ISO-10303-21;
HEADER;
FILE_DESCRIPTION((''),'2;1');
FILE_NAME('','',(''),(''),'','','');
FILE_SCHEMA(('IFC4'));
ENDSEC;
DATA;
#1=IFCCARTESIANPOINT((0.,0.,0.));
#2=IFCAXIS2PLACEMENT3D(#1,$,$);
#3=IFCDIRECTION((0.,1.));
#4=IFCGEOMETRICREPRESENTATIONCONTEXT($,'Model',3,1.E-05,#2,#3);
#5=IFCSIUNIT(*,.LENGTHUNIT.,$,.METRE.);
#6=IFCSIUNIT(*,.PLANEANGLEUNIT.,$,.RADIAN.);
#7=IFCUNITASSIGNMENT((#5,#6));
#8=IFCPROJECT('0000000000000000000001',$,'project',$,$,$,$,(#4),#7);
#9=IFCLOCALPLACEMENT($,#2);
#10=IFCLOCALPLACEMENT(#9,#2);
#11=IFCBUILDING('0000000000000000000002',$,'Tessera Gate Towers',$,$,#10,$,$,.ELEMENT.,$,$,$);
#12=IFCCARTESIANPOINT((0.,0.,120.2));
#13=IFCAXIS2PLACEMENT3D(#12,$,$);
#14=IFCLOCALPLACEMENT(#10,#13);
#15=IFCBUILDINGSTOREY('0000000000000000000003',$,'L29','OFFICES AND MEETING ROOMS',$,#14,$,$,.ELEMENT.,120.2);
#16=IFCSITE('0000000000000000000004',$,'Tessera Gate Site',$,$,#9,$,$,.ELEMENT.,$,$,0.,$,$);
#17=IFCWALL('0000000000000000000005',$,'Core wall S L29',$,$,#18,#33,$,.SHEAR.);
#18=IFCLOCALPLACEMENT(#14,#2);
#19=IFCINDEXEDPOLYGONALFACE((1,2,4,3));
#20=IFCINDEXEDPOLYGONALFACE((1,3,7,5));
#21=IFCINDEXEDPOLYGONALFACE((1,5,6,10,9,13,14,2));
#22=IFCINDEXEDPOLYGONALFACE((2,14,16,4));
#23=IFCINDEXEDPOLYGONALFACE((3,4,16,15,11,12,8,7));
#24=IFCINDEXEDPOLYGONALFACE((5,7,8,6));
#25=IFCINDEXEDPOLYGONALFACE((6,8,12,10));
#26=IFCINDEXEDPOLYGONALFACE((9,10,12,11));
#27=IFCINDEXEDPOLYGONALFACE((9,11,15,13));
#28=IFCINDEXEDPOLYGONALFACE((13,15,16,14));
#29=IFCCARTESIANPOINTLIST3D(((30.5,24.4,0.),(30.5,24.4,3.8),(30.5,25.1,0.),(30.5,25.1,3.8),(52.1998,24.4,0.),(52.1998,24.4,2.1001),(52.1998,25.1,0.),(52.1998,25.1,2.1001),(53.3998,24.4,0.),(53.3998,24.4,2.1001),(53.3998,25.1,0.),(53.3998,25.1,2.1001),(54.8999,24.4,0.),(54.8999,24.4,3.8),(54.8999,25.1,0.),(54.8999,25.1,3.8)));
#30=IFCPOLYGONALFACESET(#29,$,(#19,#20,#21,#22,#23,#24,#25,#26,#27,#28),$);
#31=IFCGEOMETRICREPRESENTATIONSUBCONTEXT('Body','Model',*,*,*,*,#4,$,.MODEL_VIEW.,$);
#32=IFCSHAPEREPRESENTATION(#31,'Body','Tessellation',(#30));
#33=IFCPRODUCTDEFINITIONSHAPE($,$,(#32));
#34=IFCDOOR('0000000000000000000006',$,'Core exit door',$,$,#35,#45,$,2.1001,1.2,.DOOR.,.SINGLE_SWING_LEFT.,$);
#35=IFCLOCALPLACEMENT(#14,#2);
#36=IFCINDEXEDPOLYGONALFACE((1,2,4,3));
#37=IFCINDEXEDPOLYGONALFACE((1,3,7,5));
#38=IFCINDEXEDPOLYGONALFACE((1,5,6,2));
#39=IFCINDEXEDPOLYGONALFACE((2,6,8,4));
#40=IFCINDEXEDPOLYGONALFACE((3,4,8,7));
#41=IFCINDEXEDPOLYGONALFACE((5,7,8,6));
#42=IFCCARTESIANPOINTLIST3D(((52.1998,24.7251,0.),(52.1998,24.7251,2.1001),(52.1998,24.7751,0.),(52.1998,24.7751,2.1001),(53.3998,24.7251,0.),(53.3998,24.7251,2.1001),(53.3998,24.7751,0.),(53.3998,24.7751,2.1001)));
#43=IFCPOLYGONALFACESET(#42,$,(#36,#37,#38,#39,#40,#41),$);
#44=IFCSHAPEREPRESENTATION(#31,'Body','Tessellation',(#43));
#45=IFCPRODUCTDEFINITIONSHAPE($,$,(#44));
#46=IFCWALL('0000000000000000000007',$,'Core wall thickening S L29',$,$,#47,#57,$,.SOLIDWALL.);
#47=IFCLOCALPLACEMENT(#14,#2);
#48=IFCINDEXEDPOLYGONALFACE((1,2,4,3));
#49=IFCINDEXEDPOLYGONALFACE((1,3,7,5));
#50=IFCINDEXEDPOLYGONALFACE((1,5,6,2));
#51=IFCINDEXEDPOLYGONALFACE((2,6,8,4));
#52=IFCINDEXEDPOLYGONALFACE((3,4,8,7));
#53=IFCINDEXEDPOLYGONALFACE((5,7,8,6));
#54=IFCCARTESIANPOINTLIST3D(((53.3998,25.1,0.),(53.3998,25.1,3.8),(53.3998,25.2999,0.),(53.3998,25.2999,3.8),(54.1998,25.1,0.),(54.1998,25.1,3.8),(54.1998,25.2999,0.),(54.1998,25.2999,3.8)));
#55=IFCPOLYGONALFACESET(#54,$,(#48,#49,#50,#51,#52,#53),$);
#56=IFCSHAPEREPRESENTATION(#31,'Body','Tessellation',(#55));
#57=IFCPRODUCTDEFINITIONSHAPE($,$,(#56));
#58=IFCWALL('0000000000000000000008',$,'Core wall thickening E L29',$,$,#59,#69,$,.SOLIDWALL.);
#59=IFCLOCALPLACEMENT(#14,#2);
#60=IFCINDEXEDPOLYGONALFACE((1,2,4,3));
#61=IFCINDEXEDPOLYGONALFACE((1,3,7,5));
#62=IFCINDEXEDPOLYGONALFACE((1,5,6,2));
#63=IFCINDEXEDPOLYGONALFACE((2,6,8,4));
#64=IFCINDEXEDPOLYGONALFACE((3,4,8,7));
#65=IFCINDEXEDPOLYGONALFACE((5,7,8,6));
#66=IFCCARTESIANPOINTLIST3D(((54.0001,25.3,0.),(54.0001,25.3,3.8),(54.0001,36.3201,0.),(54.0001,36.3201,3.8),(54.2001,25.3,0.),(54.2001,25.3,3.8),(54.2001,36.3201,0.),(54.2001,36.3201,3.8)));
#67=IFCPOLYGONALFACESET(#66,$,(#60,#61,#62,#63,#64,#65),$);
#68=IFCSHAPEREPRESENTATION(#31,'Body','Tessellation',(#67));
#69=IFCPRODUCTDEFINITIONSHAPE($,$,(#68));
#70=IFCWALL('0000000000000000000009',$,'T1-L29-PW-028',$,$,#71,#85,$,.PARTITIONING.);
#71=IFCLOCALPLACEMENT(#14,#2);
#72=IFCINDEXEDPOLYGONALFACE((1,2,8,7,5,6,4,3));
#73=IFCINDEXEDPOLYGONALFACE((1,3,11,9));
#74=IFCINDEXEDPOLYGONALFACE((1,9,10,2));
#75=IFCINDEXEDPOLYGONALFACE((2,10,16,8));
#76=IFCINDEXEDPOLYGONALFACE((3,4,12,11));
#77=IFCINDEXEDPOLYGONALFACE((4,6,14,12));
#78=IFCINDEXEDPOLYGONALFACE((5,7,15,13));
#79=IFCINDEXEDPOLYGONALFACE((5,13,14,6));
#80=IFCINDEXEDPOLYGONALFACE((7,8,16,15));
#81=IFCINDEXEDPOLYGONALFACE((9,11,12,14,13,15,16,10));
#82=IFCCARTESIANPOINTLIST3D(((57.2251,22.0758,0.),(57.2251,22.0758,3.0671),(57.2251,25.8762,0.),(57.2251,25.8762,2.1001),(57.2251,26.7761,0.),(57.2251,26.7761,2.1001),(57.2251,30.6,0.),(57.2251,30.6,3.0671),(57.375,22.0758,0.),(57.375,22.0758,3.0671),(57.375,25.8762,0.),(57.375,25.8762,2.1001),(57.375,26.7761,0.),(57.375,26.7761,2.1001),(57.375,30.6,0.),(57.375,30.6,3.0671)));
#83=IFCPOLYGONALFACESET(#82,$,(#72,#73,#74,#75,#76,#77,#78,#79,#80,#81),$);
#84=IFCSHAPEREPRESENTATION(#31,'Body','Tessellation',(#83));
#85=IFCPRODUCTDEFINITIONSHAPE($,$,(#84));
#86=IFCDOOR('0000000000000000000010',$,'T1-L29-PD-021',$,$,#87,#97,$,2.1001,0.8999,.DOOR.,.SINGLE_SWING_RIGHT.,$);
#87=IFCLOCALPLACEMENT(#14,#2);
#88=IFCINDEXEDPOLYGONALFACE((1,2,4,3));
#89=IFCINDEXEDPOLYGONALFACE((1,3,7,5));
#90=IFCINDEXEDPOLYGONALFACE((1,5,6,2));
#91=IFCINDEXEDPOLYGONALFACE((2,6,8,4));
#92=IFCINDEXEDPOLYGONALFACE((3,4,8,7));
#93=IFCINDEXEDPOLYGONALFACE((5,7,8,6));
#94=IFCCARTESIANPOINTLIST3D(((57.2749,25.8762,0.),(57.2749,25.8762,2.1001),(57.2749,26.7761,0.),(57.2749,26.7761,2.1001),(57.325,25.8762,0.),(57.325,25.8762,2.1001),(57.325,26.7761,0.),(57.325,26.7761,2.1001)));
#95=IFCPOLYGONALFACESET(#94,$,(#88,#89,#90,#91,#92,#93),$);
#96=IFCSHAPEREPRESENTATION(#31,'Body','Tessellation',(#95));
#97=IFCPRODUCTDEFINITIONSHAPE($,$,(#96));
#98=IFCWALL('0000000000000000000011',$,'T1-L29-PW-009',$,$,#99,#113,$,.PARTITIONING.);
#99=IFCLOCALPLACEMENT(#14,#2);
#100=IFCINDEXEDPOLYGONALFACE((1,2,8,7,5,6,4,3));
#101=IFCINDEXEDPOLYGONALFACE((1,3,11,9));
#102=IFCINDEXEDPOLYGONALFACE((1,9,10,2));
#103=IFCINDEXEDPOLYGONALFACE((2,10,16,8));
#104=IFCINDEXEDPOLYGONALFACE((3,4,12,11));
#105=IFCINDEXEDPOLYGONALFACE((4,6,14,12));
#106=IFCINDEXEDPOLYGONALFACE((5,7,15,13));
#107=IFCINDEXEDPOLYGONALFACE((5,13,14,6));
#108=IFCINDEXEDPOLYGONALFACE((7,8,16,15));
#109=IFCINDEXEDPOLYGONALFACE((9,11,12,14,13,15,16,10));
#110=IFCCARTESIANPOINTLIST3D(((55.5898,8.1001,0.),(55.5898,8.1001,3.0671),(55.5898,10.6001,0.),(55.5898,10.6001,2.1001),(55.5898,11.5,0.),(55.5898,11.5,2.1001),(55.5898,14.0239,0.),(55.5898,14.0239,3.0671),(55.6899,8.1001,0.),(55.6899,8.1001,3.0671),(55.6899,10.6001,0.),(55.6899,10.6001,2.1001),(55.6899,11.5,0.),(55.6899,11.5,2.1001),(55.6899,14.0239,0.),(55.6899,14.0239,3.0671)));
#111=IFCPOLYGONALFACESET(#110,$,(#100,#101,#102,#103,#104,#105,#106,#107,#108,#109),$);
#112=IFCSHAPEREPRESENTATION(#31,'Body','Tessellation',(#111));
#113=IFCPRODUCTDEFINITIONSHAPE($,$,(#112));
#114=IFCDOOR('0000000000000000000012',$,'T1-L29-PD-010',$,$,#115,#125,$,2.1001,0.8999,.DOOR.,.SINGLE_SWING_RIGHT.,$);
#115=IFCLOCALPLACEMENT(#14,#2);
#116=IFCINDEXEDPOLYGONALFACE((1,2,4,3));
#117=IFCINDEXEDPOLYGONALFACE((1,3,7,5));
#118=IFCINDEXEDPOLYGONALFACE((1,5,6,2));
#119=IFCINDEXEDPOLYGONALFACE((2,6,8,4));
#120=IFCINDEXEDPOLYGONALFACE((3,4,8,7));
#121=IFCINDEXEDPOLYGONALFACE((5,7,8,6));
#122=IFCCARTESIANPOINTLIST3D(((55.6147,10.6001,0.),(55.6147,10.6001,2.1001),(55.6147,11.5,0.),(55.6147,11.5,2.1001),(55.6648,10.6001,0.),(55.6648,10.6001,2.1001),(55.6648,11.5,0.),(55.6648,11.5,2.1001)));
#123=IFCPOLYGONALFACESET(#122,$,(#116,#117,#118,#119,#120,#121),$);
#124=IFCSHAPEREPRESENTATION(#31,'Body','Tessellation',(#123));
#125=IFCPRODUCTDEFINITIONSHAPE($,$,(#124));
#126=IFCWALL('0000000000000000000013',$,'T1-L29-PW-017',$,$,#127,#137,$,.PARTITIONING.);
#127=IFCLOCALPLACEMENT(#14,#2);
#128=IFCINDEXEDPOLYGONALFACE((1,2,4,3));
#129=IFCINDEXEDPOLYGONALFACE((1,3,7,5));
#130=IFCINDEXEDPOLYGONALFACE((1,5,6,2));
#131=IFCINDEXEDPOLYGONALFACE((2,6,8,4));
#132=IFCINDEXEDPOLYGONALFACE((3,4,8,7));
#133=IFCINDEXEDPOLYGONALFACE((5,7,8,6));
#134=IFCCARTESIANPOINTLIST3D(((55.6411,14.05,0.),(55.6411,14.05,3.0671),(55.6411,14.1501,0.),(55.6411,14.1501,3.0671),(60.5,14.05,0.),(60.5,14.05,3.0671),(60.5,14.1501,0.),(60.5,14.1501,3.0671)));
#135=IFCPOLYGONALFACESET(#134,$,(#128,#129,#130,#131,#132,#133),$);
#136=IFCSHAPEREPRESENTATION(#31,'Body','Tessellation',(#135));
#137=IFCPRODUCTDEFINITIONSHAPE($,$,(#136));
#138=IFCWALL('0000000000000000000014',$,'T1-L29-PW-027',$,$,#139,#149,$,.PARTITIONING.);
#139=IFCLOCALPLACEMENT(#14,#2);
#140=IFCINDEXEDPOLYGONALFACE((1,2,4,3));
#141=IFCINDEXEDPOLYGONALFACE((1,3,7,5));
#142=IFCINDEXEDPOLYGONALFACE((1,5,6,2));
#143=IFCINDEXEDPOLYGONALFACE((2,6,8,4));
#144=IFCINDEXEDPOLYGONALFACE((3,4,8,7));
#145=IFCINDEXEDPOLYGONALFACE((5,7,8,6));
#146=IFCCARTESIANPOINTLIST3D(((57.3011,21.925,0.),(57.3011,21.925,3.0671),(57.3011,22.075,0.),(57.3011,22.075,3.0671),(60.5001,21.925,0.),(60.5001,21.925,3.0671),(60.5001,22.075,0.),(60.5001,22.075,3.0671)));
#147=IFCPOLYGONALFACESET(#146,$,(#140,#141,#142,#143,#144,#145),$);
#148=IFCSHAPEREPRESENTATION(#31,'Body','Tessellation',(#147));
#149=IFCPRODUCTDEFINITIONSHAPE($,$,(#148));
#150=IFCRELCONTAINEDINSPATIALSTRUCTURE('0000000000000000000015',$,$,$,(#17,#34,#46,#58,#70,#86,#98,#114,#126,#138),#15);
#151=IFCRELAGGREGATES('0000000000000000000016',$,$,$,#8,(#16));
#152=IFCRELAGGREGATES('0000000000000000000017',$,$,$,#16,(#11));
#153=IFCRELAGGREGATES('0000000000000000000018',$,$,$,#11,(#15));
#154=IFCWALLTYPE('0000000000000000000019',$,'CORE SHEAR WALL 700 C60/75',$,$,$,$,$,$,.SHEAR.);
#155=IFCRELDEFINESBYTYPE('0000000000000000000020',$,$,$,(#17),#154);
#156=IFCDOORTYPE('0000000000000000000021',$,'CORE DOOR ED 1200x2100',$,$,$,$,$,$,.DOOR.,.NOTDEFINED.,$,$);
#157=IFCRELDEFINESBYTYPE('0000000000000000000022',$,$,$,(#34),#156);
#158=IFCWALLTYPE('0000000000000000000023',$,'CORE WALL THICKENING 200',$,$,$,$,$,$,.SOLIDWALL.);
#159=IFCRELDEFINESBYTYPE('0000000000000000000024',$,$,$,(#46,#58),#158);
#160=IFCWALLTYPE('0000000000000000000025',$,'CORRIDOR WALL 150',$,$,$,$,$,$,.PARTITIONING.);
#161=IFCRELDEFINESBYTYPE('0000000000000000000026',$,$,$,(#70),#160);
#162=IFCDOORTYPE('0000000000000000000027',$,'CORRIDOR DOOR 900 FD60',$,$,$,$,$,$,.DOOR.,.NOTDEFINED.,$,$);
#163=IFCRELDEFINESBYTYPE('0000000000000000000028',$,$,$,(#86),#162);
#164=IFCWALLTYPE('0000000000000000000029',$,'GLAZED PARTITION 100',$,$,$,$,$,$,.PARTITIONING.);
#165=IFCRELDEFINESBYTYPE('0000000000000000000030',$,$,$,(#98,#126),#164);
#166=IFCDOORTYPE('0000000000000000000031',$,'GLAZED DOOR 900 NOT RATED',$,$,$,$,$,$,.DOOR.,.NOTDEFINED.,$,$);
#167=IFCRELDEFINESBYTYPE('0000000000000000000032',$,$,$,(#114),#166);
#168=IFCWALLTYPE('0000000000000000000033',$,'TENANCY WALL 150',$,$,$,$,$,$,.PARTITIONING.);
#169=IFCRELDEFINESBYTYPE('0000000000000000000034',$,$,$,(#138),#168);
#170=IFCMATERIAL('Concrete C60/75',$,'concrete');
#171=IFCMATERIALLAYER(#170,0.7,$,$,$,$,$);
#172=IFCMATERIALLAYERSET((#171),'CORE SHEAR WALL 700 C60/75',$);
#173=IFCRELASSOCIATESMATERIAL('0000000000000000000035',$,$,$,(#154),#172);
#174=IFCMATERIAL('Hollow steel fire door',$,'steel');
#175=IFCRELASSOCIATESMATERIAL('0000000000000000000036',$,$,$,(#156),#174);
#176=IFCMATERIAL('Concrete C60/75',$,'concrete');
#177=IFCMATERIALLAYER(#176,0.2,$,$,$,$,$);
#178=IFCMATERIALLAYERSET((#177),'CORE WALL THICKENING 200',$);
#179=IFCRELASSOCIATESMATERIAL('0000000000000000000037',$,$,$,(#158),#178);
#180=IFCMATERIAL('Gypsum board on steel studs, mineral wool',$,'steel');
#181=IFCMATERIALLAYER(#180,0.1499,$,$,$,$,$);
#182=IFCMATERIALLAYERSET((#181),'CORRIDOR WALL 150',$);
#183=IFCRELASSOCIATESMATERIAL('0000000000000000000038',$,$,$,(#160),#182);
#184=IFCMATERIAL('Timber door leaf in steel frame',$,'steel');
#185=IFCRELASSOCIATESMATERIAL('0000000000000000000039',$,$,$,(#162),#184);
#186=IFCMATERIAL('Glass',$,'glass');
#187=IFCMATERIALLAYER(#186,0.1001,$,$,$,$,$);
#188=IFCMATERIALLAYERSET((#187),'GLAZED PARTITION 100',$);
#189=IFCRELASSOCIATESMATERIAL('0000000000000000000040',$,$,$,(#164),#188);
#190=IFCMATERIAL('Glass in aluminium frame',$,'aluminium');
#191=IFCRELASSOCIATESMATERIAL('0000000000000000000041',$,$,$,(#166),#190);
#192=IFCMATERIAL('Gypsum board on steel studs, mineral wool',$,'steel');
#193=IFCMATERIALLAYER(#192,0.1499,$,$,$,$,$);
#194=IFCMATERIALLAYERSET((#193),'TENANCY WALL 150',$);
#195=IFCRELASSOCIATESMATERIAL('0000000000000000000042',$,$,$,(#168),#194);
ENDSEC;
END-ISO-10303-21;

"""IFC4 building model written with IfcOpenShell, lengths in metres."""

from ifc_helpers import new_model, si_unit, direction, frame, frame_2d, origin, place, context, subcontext, project, spatial, rectangle, extrude, source, transform, mapped, material, layer, layer_set, type_object, element, fill, save


model = new_model("IFC4")

# Units and contexts
model_context = context("Model", 3, precision=1e-05, world=origin(), true_north=direction((0.0, 1.0)))
body_context = subcontext(model_context, "Body", "Model", "MODEL_VIEW")
ifc_project = project(units=[si_unit("LENGTHUNIT", "METRE"), si_unit("PLANEANGLEUNIT", "RADIAN")], contexts=[model_context])

# Site, building, storey
site_placement = place(None, origin())
site = spatial("IfcSite", under=ifc_project, at=site_placement, Name="Tessera Gate Site", CompositionType="ELEMENT", RefElevation=0.0)
building_placement = place(site_placement, origin())
building = spatial("IfcBuilding", under=site, at=building_placement, Name="Tessera Gate Towers", CompositionType="ELEMENT")
storey_placement = place(building_placement, frame((0.0, 0.0, 120.2)))
storey = spatial("IfcBuildingStorey", under=building, at=storey_placement, Name="L29", Description="OFFICES AND MEETING ROOMS", CompositionType="ELEMENT", Elevation=120.2)

# Wall, opening, door
shared_shape_1 = source(origin(), body_context, "Body", "SweptSolid", [
    extrude(rectangle(XDim=1.2, YDim=2.1001, at=frame_2d((0.6001, 1.05))), frame((0.0, 0.0249, 0.0), z_axis=(0.0, -1.0, 0.0), x_axis=(1.0, 0.0, 0.0)), (0.0, 0.0, 1.0), 0.05),
])
ifc_material_1 = material(Name="Concrete C60/75", Category="concrete")
ifc_layer_1 = layer(ifc_material_1, 0.7)
ifc_layer_set_1 = layer_set([ifc_layer_1], Name="CORE SHEAR WALL 700 C60/75")
wall_type_1 = type_object("IfcWallType", Name="CORE SHEAR WALL 700 C60/75", PredefinedType="SHEAR", material=ifc_layer_set_1)
wall_1_placement = place(storey_placement, frame((54.8999, 24.75, 0.0), z_axis=(0.0, 0.0, 1.0), x_axis=(-1.0, 0.0, 0.0)))
wall_1 = element("IfcWall", 1, at=wall_1_placement, inside=storey, type_object=wall_type_1, Name="Core wall S L29", PredefinedType="SHEAR", context=body_context, shape_type="SweptSolid", body=[
    extrude(rectangle(XDim=24.3999, YDim=0.7, at=frame_2d((12.2, 0.0))), origin(), (0.0, 0.0, 1.0), 3.8),
])
shared_shape_2 = source(origin(), body_context, "Body", "SweptSolid", [
    extrude(rectangle(XDim=1.2, YDim=2.1001, at=frame_2d((0.6001, 1.05))), frame((0.0, 0.3599, 0.0), z_axis=(0.0, -1.0, 0.0), x_axis=(1.0, 0.0, 0.0)), (0.0, 0.0, 1.0), 0.72),
])
opening_1_placement = place(wall_1_placement, frame((1.5, 0.0, 0.0)))
opening_1 = element("IfcOpeningElement", 2, at=opening_1_placement, cuts=wall_1, PredefinedType="OPENING", context=body_context, shape_type="MappedRepresentation", body=[
    mapped(shared_shape_2, transform((0.0, 0.0, 0.0), scale=1.0)),
])
ifc_material_2 = material(Name="Hollow steel fire door", Category="steel")
door_type_1 = type_object("IfcDoorType", Name="CORE DOOR ED 1200x2100", OperationType="NOTDEFINED", PredefinedType="DOOR", material=ifc_material_2)
door_1_placement = place(opening_1_placement, origin())
door_1 = element("IfcDoor", 3, at=door_1_placement, inside=storey, type_object=door_type_1, Name="Core exit door", OperationType="SINGLE_SWING_LEFT", OverallHeight=2.1001, OverallWidth=1.2, PredefinedType="DOOR", context=body_context, shape_type="MappedRepresentation", body=[
    mapped(shared_shape_1, transform((0.0, 0.0, 0.0), scale=1.0)),
])
fill(opening_1, door_1)

# Walls
ifc_material_3 = material(Name="Concrete C60/75", Category="concrete")
ifc_layer_2 = layer(ifc_material_3, 0.2)
ifc_layer_set_2 = layer_set([ifc_layer_2], Name="CORE WALL THICKENING 200")
wall_type_2 = type_object("IfcWallType", Name="CORE WALL THICKENING 200", PredefinedType="SOLIDWALL", material=ifc_layer_set_2)
wall_2_placement = place(storey_placement, frame((53.3999, 25.2, 0.0), z_axis=(0.0, 0.0, 1.0), x_axis=(1.0, 0.0, 0.0)))
element("IfcWall", 4, at=wall_2_placement, inside=storey, type_object=wall_type_2, Name="Core wall thickening S L29", PredefinedType="SOLIDWALL", context=body_context, shape_type="SweptSolid", body=[
    extrude(rectangle(XDim=0.8, YDim=0.2, at=frame_2d((0.3999, 0.0))), origin(), (0.0, 0.0, 1.0), 3.8),
])
wall_3_placement = place(storey_placement, frame((54.1001, 25.3, 0.0), z_axis=(0.0, 0.0, 1.0), x_axis=(0.0, 1.0, 0.0)))
element("IfcWall", 5, at=wall_3_placement, inside=storey, type_object=wall_type_2, Name="Core wall thickening E L29", PredefinedType="SOLIDWALL", context=body_context, shape_type="SweptSolid", body=[
    extrude(rectangle(XDim=11.02, YDim=0.2, at=frame_2d((5.51, 0.0))), origin(), (0.0, 0.0, 1.0), 3.8),
])

# Walls, openings, doors
ifc_material_4 = material(Name="Gypsum board on steel studs, mineral wool", Category="steel")
ifc_layer_3 = layer(ifc_material_4, 0.1499)
ifc_layer_set_3 = layer_set([ifc_layer_3], Name="CORRIDOR WALL 150")
wall_type_3 = type_object("IfcWallType", Name="CORRIDOR WALL 150", PredefinedType="PARTITIONING", material=ifc_layer_set_3)
wall_4_placement = place(storey_placement, frame((57.3, 30.6001, 0.0), z_axis=(0.0, 0.0, 1.0), x_axis=(0.0, -1.0, 0.0)))
wall_4 = element("IfcWall", 6, at=wall_4_placement, inside=storey, type_object=wall_type_3, Name="T1-L29-PW-028", PredefinedType="PARTITIONING", context=body_context, shape_type="SweptSolid", body=[
    extrude(rectangle(XDim=8.5242, YDim=0.1499, at=frame_2d((4.2622, 0.0))), origin(), (0.0, 0.0, 1.0), 3.0671),
])
shared_shape_3 = source(origin(), body_context, "Body", "SweptSolid", [
    extrude(rectangle(XDim=0.8999, YDim=2.1001, at=frame_2d((0.45, 1.05))), frame((0.0, 0.085, 0.0), z_axis=(0.0, -1.0, 0.0), x_axis=(1.0, 0.0, 0.0)), (0.0, 0.0, 1.0), 0.1699),
])
opening_2_placement = place(wall_4_placement, frame((3.824, 0.0, 0.0)))
opening_2 = element("IfcOpeningElement", 7, at=opening_2_placement, cuts=wall_4, PredefinedType="OPENING", context=body_context, shape_type="MappedRepresentation", body=[
    mapped(shared_shape_3, transform((0.0, 0.0, 0.0), scale=1.0)),
])
ifc_material_5 = material(Name="Timber door leaf in steel frame", Category="steel")
door_type_2 = type_object("IfcDoorType", Name="CORRIDOR DOOR 900 FD60", OperationType="NOTDEFINED", PredefinedType="DOOR", material=ifc_material_5)
shared_shape_4 = source(origin(), body_context, "Body", "SweptSolid", [
    extrude(rectangle(XDim=0.8999, YDim=2.1001, at=frame_2d((0.45, 1.05))), frame((0.0, 0.0249, 0.0), z_axis=(0.0, -1.0, 0.0), x_axis=(1.0, 0.0, 0.0)), (0.0, 0.0, 1.0), 0.05),
])
door_2_placement = place(opening_2_placement, origin())
door_2 = element("IfcDoor", 8, at=door_2_placement, inside=storey, type_object=door_type_2, Name="T1-L29-PD-021", OperationType="SINGLE_SWING_RIGHT", OverallHeight=2.1001, OverallWidth=0.8999, PredefinedType="DOOR", context=body_context, shape_type="MappedRepresentation", body=[
    mapped(shared_shape_4, transform((0.0, 0.0, 0.0), scale=1.0)),
])
fill(opening_2, door_2)
ifc_material_6 = material(Name="Glass", Category="glass")
ifc_layer_4 = layer(ifc_material_6, 0.1001)
ifc_layer_set_4 = layer_set([ifc_layer_4], Name="GLAZED PARTITION 100")
wall_type_4 = type_object("IfcWallType", Name="GLAZED PARTITION 100", PredefinedType="PARTITIONING", material=ifc_layer_set_4)
wall_5_placement = place(storey_placement, frame((55.6399, 14.0239, 0.0), z_axis=(0.0, 0.0, 1.0), x_axis=(0.0, -1.0, 0.0)))
wall_5 = element("IfcWall", 9, at=wall_5_placement, inside=storey, type_object=wall_type_4, Name="T1-L29-PW-009", PredefinedType="PARTITIONING", context=body_context, shape_type="SweptSolid", body=[
    extrude(rectangle(XDim=5.9238, YDim=0.1001, at=frame_2d((2.9619, 0.0))), origin(), (0.0, 0.0, 1.0), 3.0671),
])
shared_shape_5 = source(origin(), body_context, "Body", "SweptSolid", [
    extrude(rectangle(XDim=0.8999, YDim=2.1001, at=frame_2d((0.45, 1.05))), frame((0.0, 0.0601, 0.0), z_axis=(0.0, -1.0, 0.0), x_axis=(1.0, 0.0, 0.0)), (0.0, 0.0, 1.0), 0.1201),
])
opening_3_placement = place(wall_5_placement, frame((2.5239, 0.0, 0.0)))
opening_3 = element("IfcOpeningElement", 10, at=opening_3_placement, cuts=wall_5, PredefinedType="OPENING", context=body_context, shape_type="MappedRepresentation", body=[
    mapped(shared_shape_5, transform((0.0, 0.0, 0.0), scale=1.0)),
])
ifc_material_7 = material(Name="Glass in aluminium frame", Category="aluminium")
door_type_3 = type_object("IfcDoorType", Name="GLAZED DOOR 900 NOT RATED", OperationType="NOTDEFINED", PredefinedType="DOOR", material=ifc_material_7)
door_3_placement = place(opening_3_placement, origin())
door_3 = element("IfcDoor", 11, at=door_3_placement, inside=storey, type_object=door_type_3, Name="T1-L29-PD-010", OperationType="SINGLE_SWING_RIGHT", OverallHeight=2.1001, OverallWidth=0.8999, PredefinedType="DOOR", context=body_context, shape_type="MappedRepresentation", body=[
    mapped(shared_shape_4, transform((0.0, 0.0, 0.0), scale=1.0)),
])
fill(opening_3, door_3)

# Walls
wall_6_placement = place(storey_placement, frame((55.6411, 14.1001, 0.0), z_axis=(0.0, 0.0, 1.0), x_axis=(1.0, 0.0, 0.0)))
element("IfcWall", 12, at=wall_6_placement, inside=storey, type_object=wall_type_4, Name="T1-L29-PW-017", PredefinedType="PARTITIONING", context=body_context, shape_type="SweptSolid", body=[
    extrude(rectangle(XDim=4.8589, YDim=0.1001, at=frame_2d((2.4294, 0.0))), origin(), (0.0, 0.0, 1.0), 3.0671),
])
ifc_material_8 = material(Name="Gypsum board on steel studs, mineral wool", Category="steel")
ifc_layer_5 = layer(ifc_material_8, 0.1499)
ifc_layer_set_5 = layer_set([ifc_layer_5], Name="TENANCY WALL 150")
wall_type_5 = type_object("IfcWallType", Name="TENANCY WALL 150", PredefinedType="PARTITIONING", material=ifc_layer_set_5)
wall_7_placement = place(storey_placement, frame((57.301, 22.0, 0.0), z_axis=(0.0, 0.0, 1.0), x_axis=(1.0, 0.0, 0.0)))
element("IfcWall", 13, at=wall_7_placement, inside=storey, type_object=wall_type_5, Name="T1-L29-PW-027", PredefinedType="PARTITIONING", context=body_context, shape_type="SweptSolid", body=[
    extrude(rectangle(XDim=3.199, YDim=0.1499, at=frame_2d((1.5996, 0.0))), origin(), (0.0, 0.0, 1.0), 3.0671),
])

save(model, "model.ifc")
